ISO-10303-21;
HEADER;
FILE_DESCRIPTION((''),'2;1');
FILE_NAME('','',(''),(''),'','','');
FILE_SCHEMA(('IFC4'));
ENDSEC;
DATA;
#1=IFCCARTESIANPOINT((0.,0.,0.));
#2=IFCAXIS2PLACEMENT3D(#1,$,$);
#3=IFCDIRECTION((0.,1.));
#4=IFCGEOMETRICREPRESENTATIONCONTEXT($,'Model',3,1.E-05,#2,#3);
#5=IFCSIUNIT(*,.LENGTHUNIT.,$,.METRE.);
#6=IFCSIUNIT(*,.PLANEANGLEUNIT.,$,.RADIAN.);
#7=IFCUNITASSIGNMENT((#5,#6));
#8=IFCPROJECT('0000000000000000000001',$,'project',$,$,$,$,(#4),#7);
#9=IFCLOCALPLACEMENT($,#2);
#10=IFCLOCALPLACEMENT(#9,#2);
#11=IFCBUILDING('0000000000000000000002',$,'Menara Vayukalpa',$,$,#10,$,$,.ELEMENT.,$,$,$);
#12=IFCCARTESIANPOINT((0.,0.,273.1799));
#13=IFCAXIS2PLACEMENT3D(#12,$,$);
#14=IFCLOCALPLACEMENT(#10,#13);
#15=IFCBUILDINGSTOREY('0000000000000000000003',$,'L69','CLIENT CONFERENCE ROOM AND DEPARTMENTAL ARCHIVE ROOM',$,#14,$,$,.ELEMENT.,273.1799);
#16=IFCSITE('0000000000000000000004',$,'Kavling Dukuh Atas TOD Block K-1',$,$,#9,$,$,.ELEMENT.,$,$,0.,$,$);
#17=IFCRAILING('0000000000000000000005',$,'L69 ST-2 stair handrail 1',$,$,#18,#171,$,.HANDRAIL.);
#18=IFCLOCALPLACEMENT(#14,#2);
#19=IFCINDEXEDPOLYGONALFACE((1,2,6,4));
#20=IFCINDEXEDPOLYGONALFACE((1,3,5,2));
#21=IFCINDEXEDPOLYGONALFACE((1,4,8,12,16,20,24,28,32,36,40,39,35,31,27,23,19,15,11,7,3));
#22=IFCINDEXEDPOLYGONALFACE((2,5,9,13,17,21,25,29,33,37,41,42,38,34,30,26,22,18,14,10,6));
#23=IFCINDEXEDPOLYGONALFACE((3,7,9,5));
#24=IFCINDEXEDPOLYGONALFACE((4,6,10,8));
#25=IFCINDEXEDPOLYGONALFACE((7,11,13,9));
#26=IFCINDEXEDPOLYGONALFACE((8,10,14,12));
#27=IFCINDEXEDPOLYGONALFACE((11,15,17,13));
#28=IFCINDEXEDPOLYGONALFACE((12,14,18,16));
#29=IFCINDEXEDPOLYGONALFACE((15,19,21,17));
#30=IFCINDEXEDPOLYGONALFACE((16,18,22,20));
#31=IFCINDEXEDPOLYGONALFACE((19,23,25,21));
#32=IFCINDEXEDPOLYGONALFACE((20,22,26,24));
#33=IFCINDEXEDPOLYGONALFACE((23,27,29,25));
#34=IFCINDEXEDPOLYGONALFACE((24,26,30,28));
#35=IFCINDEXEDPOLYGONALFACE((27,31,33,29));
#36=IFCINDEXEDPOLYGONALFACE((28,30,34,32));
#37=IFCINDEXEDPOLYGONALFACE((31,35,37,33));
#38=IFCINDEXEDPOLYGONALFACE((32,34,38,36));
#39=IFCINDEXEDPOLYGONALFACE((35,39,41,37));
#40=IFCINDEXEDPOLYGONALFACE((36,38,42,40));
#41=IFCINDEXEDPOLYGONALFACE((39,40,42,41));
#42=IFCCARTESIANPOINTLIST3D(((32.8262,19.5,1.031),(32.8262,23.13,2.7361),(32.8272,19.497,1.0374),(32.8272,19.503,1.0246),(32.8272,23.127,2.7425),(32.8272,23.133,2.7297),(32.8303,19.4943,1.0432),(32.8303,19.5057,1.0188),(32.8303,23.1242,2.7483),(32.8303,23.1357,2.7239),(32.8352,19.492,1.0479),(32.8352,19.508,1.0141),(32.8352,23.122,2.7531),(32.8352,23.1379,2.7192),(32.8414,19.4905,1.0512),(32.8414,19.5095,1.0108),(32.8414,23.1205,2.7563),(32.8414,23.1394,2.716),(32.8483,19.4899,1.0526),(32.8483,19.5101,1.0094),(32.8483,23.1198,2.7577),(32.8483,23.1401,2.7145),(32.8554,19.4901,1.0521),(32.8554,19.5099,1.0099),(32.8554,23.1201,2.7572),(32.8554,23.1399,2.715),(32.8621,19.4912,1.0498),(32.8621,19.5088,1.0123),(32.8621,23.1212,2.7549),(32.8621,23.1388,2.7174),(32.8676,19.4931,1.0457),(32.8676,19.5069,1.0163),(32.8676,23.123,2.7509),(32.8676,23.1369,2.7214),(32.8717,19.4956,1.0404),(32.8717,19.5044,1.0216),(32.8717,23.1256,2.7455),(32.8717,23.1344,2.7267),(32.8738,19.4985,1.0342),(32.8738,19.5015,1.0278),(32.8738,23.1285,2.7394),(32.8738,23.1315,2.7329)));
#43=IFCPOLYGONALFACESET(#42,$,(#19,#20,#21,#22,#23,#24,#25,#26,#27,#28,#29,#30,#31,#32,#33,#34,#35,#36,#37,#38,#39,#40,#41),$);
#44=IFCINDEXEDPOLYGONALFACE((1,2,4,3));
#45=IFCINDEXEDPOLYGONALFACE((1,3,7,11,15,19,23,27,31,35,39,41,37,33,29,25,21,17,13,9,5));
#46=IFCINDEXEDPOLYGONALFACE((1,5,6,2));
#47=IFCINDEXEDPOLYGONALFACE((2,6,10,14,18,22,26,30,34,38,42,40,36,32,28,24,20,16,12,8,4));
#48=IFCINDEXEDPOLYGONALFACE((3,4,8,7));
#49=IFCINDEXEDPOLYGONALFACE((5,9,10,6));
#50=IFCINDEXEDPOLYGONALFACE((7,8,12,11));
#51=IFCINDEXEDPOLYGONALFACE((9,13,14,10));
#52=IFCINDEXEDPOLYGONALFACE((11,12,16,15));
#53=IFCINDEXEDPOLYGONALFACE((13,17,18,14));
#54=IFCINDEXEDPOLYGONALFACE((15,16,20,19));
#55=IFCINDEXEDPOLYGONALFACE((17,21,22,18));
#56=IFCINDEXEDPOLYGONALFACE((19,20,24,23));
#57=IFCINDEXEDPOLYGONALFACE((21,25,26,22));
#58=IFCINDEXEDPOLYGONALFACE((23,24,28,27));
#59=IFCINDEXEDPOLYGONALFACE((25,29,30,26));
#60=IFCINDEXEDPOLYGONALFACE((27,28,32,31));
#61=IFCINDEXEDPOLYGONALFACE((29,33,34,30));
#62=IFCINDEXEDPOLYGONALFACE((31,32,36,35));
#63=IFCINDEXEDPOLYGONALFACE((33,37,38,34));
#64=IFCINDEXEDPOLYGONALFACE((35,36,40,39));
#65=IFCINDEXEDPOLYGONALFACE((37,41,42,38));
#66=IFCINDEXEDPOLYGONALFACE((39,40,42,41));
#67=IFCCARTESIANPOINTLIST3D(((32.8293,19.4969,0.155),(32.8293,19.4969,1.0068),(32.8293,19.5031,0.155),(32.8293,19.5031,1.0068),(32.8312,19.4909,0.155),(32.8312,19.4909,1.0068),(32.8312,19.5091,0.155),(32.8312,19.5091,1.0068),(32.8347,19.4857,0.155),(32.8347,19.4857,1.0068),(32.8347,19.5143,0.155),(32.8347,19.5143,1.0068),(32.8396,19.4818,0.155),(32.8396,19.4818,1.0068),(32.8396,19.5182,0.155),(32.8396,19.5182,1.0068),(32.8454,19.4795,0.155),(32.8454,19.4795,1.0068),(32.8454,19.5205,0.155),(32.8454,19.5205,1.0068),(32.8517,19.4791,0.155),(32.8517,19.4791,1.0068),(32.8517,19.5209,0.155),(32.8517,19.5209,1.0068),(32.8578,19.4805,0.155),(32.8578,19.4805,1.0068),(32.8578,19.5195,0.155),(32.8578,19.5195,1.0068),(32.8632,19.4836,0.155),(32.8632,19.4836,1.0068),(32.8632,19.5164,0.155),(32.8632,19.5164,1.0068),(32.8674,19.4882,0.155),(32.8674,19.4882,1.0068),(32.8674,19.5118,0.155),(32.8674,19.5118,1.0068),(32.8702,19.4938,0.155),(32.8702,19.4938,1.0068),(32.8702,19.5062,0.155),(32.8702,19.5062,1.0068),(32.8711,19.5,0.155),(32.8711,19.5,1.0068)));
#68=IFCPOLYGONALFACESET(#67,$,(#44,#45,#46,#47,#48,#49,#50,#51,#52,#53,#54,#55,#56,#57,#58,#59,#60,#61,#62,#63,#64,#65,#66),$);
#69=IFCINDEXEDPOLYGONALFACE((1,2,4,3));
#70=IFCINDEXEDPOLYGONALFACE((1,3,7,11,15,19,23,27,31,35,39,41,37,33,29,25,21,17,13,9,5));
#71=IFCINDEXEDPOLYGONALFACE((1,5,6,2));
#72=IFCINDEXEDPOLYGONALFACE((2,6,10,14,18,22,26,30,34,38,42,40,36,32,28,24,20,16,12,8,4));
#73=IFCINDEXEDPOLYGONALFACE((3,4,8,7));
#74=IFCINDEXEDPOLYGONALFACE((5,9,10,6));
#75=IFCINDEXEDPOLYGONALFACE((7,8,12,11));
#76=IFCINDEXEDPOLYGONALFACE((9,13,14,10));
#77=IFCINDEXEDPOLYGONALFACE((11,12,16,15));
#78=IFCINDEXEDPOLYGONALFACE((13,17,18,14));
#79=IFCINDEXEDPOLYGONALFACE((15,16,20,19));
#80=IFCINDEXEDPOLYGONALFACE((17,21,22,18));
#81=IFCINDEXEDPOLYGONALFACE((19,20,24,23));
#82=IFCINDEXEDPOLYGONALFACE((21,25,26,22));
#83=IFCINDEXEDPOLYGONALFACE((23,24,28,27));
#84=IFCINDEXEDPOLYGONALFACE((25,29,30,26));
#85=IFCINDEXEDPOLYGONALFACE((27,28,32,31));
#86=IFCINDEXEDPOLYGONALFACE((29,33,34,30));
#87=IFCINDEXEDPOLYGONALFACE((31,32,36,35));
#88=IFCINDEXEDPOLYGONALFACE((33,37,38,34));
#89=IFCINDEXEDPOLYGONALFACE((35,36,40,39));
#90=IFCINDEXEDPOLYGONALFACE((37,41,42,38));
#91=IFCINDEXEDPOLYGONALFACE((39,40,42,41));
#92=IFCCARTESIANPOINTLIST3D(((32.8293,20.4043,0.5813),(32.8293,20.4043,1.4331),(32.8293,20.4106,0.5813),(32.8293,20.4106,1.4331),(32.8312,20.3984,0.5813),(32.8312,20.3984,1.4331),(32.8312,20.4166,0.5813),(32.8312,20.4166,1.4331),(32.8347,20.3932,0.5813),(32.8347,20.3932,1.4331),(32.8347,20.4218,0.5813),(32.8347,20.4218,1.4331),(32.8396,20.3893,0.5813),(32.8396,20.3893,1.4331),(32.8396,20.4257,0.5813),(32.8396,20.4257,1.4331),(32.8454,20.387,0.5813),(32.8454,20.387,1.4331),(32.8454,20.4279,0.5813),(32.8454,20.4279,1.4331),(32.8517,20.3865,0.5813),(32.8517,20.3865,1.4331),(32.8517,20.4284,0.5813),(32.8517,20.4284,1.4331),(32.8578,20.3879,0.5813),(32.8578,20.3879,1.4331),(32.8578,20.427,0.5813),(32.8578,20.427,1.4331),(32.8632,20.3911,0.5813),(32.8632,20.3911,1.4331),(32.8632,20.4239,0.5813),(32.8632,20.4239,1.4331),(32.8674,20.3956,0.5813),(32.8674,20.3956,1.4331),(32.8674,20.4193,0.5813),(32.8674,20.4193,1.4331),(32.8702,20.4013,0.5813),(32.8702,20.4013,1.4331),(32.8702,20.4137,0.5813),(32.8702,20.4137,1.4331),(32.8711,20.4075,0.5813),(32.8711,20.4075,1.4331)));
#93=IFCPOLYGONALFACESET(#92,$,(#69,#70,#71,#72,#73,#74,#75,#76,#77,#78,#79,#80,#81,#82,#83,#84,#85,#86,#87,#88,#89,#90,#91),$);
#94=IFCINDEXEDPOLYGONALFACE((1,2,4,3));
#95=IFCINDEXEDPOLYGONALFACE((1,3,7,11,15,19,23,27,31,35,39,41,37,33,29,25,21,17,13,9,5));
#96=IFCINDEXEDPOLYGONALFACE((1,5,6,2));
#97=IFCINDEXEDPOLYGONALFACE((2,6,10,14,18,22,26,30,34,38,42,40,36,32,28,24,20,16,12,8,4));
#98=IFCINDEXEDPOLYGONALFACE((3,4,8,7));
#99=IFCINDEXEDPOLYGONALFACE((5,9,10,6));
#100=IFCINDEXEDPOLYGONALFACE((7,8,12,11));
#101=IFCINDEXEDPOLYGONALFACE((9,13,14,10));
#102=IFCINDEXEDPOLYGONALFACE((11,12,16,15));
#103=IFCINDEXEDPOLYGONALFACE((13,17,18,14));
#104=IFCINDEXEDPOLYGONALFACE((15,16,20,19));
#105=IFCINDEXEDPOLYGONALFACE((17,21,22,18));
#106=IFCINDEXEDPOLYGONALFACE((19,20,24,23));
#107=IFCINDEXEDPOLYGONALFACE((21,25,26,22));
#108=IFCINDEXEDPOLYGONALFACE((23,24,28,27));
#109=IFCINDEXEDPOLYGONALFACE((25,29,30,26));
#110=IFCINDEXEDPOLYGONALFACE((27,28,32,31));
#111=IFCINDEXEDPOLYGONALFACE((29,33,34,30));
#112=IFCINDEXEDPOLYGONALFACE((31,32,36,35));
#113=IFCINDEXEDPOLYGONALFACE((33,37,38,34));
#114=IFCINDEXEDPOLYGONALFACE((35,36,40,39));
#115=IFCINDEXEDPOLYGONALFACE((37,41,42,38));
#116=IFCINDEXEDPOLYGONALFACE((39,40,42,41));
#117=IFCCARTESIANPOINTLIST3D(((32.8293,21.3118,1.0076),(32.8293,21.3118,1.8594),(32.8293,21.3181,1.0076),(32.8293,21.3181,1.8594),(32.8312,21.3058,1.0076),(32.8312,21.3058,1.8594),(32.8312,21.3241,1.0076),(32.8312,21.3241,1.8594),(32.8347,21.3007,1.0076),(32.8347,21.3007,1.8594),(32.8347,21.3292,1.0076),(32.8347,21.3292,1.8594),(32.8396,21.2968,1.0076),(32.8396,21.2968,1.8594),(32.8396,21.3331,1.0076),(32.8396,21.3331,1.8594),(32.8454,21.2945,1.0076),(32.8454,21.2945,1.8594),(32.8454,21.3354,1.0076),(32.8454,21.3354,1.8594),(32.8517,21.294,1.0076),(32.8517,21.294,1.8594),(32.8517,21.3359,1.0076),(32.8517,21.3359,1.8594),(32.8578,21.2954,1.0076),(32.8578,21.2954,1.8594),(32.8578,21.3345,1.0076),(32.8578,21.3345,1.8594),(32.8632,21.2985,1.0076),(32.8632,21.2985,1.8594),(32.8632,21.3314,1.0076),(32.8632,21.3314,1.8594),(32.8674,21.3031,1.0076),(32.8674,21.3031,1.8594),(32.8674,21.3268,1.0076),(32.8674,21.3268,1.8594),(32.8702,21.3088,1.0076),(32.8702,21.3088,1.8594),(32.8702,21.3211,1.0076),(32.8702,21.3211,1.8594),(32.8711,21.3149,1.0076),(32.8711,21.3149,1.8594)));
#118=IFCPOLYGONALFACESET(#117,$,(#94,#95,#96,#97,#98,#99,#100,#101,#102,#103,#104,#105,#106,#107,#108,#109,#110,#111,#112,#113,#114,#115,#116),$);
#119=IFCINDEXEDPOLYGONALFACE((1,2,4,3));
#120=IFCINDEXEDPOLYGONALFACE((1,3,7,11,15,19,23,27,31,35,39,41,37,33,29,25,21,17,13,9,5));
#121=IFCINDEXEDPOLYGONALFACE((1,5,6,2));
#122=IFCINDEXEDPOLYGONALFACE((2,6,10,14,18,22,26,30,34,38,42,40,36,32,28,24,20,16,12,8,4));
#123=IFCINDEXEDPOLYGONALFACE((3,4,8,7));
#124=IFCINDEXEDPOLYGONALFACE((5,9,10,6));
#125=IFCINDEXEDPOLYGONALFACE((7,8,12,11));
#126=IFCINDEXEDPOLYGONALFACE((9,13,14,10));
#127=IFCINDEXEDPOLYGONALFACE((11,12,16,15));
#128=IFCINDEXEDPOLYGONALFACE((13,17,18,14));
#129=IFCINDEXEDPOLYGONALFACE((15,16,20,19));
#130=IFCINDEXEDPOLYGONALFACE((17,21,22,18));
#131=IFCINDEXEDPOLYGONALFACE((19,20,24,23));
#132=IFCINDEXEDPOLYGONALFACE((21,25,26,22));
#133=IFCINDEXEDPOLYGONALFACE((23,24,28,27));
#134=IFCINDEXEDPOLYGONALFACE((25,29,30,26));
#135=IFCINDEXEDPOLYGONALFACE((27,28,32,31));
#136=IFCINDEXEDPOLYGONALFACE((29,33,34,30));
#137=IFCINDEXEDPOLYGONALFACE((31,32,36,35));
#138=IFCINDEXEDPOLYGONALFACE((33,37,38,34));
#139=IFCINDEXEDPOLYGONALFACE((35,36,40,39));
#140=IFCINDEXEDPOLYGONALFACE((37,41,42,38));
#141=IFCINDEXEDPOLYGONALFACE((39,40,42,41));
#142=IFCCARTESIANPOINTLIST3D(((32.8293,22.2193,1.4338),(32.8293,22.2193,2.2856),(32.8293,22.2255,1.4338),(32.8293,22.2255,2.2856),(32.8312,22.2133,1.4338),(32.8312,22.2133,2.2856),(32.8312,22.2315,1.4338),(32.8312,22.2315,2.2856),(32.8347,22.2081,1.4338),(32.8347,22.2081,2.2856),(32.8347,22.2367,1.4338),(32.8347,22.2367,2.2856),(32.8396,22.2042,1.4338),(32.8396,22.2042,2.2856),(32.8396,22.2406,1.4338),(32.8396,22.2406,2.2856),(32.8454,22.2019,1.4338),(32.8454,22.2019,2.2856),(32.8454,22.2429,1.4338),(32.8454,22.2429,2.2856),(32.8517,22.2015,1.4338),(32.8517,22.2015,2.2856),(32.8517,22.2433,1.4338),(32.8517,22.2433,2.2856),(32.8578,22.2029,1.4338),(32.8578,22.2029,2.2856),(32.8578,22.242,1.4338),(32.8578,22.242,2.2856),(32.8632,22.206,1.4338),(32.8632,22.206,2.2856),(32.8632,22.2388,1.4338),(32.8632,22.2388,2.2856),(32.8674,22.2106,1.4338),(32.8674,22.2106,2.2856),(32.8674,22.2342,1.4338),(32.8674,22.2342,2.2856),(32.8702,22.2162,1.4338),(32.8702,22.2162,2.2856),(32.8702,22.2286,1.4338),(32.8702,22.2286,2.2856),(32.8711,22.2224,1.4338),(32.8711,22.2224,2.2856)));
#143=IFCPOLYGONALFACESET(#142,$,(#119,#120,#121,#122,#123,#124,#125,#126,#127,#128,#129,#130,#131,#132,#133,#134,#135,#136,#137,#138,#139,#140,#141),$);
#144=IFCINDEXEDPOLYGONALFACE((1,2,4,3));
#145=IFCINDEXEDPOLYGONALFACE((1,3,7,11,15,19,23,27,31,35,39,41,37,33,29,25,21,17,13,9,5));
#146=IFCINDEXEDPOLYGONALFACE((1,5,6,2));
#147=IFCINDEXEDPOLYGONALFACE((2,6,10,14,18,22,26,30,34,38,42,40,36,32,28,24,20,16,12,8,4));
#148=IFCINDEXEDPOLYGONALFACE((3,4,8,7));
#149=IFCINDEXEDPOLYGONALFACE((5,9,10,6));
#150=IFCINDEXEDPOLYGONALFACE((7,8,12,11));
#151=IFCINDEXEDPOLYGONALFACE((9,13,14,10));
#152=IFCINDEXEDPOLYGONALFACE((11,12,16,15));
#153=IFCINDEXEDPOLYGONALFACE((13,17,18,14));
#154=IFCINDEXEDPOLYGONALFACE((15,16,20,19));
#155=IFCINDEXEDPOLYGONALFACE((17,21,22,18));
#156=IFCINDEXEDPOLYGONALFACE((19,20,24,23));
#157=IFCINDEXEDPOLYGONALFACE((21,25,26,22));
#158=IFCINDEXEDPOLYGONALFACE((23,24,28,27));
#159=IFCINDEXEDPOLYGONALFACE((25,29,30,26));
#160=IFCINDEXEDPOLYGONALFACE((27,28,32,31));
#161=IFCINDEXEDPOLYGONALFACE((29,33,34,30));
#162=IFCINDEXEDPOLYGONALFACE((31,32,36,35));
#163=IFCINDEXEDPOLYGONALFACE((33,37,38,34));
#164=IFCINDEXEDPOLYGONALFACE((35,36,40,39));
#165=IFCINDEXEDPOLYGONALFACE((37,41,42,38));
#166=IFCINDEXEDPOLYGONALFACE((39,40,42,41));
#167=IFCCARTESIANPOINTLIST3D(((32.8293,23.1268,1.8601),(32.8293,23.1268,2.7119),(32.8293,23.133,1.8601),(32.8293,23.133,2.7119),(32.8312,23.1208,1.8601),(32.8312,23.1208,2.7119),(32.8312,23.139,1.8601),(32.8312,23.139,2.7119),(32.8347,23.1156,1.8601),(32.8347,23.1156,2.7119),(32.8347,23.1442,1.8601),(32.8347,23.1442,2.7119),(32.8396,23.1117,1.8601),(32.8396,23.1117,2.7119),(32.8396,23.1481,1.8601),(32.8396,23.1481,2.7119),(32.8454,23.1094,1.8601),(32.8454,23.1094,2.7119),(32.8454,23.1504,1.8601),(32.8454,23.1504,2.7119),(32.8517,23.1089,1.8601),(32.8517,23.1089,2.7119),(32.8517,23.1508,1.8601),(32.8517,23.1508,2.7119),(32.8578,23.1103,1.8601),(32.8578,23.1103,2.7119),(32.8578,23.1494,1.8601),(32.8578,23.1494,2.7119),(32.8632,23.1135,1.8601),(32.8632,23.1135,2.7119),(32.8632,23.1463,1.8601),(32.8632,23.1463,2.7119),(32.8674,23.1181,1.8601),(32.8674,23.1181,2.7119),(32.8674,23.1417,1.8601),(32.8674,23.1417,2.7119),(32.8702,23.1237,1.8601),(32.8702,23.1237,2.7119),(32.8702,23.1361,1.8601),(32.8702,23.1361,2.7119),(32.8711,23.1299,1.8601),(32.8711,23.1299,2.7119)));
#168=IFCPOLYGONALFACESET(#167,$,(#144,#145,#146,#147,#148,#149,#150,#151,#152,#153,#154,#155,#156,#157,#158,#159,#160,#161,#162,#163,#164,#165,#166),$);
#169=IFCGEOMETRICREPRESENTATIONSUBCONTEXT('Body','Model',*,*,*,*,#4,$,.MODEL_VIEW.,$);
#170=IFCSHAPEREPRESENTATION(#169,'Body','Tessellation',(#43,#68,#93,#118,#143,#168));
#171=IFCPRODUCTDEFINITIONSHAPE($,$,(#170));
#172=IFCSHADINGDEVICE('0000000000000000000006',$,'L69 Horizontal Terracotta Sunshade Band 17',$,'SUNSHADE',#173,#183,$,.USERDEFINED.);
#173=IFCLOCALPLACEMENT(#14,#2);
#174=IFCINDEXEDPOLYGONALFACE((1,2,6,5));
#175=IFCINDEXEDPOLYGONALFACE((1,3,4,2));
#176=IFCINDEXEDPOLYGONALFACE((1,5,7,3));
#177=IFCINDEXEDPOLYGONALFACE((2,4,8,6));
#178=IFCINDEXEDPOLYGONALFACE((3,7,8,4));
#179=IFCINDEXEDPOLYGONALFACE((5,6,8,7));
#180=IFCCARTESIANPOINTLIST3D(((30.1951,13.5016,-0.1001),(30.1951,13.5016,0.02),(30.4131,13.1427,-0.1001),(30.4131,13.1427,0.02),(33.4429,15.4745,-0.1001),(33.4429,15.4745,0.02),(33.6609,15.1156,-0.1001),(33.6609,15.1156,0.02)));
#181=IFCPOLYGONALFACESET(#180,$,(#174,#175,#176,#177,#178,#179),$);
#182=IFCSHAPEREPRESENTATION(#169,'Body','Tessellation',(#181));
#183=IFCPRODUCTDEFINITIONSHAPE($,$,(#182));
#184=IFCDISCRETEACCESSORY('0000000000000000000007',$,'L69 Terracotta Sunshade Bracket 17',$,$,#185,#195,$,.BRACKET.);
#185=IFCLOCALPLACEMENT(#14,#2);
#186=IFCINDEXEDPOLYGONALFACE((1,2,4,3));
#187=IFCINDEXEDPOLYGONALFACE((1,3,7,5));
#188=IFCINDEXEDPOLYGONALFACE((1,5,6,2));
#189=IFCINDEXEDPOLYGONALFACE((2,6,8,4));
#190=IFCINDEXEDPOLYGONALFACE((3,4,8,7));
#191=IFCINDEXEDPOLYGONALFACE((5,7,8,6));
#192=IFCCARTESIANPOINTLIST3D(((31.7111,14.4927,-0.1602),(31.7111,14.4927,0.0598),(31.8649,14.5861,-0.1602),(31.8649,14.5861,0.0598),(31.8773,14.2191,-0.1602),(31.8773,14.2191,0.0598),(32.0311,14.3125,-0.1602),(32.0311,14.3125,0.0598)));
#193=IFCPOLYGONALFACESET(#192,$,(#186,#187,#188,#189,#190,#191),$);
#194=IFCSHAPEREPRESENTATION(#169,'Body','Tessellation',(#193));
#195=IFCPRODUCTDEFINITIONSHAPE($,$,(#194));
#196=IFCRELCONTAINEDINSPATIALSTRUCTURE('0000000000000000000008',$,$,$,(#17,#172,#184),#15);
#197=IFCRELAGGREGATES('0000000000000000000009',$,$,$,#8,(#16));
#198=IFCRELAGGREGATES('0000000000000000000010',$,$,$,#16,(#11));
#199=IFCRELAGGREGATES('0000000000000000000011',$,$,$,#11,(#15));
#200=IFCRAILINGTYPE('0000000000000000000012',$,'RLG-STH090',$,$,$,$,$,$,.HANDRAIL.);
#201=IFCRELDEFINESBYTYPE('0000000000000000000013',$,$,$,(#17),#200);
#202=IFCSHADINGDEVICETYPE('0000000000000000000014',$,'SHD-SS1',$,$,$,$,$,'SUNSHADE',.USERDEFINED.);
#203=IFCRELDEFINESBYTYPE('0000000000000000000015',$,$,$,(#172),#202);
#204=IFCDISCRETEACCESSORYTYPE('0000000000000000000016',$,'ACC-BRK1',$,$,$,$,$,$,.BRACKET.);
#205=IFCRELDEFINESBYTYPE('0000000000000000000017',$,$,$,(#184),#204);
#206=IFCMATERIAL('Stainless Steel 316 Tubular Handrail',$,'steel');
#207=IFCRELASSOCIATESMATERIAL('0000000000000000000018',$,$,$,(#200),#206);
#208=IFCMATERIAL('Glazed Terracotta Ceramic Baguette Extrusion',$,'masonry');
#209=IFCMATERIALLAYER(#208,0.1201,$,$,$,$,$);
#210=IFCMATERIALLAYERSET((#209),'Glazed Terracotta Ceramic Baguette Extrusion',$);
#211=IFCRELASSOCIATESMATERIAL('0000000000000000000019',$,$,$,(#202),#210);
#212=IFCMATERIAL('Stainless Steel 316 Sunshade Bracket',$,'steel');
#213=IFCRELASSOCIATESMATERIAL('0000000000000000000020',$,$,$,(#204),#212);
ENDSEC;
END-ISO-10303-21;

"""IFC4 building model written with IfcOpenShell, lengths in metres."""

from ifc_helpers import new_model, si_unit, direction, frame, origin, origin_2d, place, context, subcontext, project, spatial, rectangle, circle, extrude, material, layer, layer_set, type_object, element, save


model = new_model("IFC4")

# Units and contexts
model_context = context("Model", 3, precision=1e-05, world=origin(), true_north=direction((0.0, 1.0)))
body_context = subcontext(model_context, "Body", "Model", "MODEL_VIEW")
ifc_project = project(units=[si_unit("LENGTHUNIT", "METRE"), si_unit("PLANEANGLEUNIT", "RADIAN")], contexts=[model_context])

# Site, building, storey
site_placement = place(None, origin())
site = spatial("IfcSite", under=ifc_project, at=site_placement, Name="Kavling Dukuh Atas TOD Block K-1", CompositionType="ELEMENT", RefElevation=0.0)
building_placement = place(site_placement, origin())
building = spatial("IfcBuilding", under=site, at=building_placement, Name="Menara Vayukalpa", CompositionType="ELEMENT")
storey_placement = place(building_placement, frame((0.0, 0.0, 273.1799)))
storey = spatial("IfcBuildingStorey", under=building, at=storey_placement, Name="L69", Description="CLIENT CONFERENCE ROOM AND DEPARTMENTAL ARCHIVE ROOM", CompositionType="ELEMENT", Elevation=273.1799)

# Railing
ifc_material_1 = material(Name="Stainless Steel 316 Tubular Handrail", Category="steel")
railing_type_1 = type_object("IfcRailingType", Name="RLG-STH090", PredefinedType="HANDRAIL", material=ifc_material_1)
railing_1_placement = place(storey_placement, frame((32.8501, 19.5, 0.155)))
element("IfcRailing", 1, at=railing_1_placement, inside=storey, type_object=railing_type_1, Name="L69 ST-2 stair handrail 1", PredefinedType="HANDRAIL", context=body_context, shape_type="SweptSolid", body=[
    extrude(circle(Radius=0.0239, at=origin_2d()), frame((0.0, 0.0, 0.876), z_axis=(0.0, 0.905116, 0.425164), x_axis=(-1.0, 0.0, 0.0)), (0.0, 0.0, 1.0), 4.0105),
    extrude(circle(Radius=0.021, at=origin_2d()), origin(), (0.0, 0.0, 1.0), 0.8518),
    extrude(circle(Radius=0.021, at=origin_2d()), frame((0.0, 0.9075, 0.4263)), (0.0, 0.0, 1.0), 0.8518),
    extrude(circle(Radius=0.021, at=origin_2d()), frame((0.0, 1.8149, 0.8525)), (0.0, 0.0, 1.0), 0.8518),
    extrude(circle(Radius=0.021, at=origin_2d()), frame((0.0, 2.7224, 1.2788)), (0.0, 0.0, 1.0), 0.8518),
    extrude(circle(Radius=0.021, at=origin_2d()), frame((0.0, 3.6299, 1.7051)), (0.0, 0.0, 1.0), 0.8518),
])

# Shading device
ifc_material_2 = material(Name="Glazed Terracotta Ceramic Baguette Extrusion", Category="masonry")
ifc_layer_1 = layer(ifc_material_2, 0.1201)
ifc_layer_set_1 = layer_set([ifc_layer_1], Name="Glazed Terracotta Ceramic Baguette Extrusion")
shading_device_type = type_object("IfcShadingDeviceType", Name="SHD-SS1", ElementType="SUNSHADE", PredefinedType="USERDEFINED", material=ifc_layer_set_1)
shading_device_placement = place(storey_placement, frame((31.928, 14.3086, -0.1001), z_axis=(0.0, 0.0, 1.0), x_axis=(0.854667, 0.519176, 0.0)))
element("IfcShadingDevice", 2, at=shading_device_placement, inside=storey, type_object=shading_device_type, Name="L69 Horizontal Terracotta Sunshade Band 17", ObjectType="SUNSHADE", PredefinedType="USERDEFINED", context=body_context, shape_type="SweptSolid", body=[
    extrude(rectangle(XDim=3.8, YDim=0.4199, at=origin_2d()), origin(), (0.0, 0.0, 1.0), 0.1201),
])

# Discrete accessory
ifc_material_3 = material(Name="Stainless Steel 316 Sunshade Bracket", Category="steel")
discrete_accessory_type = type_object("IfcDiscreteAccessoryType", Name="ACC-BRK1", PredefinedType="BRACKET", material=ifc_material_3)
discrete_accessory_placement = place(storey_placement, frame((31.8711, 14.4026, -0.1602), z_axis=(0.0, 0.0, 1.0), x_axis=(0.854667, 0.519176, 0.0)))
element("IfcDiscreteAccessory", 3, at=discrete_accessory_placement, inside=storey, type_object=discrete_accessory_type, Name="L69 Terracotta Sunshade Bracket 17", PredefinedType="BRACKET", context=body_context, shape_type="SweptSolid", body=[
    extrude(rectangle(XDim=0.1799, YDim=0.3201, at=origin_2d()), origin(), (0.0, 0.0, 1.0), 0.22),
])

save(model, "model.ifc")
